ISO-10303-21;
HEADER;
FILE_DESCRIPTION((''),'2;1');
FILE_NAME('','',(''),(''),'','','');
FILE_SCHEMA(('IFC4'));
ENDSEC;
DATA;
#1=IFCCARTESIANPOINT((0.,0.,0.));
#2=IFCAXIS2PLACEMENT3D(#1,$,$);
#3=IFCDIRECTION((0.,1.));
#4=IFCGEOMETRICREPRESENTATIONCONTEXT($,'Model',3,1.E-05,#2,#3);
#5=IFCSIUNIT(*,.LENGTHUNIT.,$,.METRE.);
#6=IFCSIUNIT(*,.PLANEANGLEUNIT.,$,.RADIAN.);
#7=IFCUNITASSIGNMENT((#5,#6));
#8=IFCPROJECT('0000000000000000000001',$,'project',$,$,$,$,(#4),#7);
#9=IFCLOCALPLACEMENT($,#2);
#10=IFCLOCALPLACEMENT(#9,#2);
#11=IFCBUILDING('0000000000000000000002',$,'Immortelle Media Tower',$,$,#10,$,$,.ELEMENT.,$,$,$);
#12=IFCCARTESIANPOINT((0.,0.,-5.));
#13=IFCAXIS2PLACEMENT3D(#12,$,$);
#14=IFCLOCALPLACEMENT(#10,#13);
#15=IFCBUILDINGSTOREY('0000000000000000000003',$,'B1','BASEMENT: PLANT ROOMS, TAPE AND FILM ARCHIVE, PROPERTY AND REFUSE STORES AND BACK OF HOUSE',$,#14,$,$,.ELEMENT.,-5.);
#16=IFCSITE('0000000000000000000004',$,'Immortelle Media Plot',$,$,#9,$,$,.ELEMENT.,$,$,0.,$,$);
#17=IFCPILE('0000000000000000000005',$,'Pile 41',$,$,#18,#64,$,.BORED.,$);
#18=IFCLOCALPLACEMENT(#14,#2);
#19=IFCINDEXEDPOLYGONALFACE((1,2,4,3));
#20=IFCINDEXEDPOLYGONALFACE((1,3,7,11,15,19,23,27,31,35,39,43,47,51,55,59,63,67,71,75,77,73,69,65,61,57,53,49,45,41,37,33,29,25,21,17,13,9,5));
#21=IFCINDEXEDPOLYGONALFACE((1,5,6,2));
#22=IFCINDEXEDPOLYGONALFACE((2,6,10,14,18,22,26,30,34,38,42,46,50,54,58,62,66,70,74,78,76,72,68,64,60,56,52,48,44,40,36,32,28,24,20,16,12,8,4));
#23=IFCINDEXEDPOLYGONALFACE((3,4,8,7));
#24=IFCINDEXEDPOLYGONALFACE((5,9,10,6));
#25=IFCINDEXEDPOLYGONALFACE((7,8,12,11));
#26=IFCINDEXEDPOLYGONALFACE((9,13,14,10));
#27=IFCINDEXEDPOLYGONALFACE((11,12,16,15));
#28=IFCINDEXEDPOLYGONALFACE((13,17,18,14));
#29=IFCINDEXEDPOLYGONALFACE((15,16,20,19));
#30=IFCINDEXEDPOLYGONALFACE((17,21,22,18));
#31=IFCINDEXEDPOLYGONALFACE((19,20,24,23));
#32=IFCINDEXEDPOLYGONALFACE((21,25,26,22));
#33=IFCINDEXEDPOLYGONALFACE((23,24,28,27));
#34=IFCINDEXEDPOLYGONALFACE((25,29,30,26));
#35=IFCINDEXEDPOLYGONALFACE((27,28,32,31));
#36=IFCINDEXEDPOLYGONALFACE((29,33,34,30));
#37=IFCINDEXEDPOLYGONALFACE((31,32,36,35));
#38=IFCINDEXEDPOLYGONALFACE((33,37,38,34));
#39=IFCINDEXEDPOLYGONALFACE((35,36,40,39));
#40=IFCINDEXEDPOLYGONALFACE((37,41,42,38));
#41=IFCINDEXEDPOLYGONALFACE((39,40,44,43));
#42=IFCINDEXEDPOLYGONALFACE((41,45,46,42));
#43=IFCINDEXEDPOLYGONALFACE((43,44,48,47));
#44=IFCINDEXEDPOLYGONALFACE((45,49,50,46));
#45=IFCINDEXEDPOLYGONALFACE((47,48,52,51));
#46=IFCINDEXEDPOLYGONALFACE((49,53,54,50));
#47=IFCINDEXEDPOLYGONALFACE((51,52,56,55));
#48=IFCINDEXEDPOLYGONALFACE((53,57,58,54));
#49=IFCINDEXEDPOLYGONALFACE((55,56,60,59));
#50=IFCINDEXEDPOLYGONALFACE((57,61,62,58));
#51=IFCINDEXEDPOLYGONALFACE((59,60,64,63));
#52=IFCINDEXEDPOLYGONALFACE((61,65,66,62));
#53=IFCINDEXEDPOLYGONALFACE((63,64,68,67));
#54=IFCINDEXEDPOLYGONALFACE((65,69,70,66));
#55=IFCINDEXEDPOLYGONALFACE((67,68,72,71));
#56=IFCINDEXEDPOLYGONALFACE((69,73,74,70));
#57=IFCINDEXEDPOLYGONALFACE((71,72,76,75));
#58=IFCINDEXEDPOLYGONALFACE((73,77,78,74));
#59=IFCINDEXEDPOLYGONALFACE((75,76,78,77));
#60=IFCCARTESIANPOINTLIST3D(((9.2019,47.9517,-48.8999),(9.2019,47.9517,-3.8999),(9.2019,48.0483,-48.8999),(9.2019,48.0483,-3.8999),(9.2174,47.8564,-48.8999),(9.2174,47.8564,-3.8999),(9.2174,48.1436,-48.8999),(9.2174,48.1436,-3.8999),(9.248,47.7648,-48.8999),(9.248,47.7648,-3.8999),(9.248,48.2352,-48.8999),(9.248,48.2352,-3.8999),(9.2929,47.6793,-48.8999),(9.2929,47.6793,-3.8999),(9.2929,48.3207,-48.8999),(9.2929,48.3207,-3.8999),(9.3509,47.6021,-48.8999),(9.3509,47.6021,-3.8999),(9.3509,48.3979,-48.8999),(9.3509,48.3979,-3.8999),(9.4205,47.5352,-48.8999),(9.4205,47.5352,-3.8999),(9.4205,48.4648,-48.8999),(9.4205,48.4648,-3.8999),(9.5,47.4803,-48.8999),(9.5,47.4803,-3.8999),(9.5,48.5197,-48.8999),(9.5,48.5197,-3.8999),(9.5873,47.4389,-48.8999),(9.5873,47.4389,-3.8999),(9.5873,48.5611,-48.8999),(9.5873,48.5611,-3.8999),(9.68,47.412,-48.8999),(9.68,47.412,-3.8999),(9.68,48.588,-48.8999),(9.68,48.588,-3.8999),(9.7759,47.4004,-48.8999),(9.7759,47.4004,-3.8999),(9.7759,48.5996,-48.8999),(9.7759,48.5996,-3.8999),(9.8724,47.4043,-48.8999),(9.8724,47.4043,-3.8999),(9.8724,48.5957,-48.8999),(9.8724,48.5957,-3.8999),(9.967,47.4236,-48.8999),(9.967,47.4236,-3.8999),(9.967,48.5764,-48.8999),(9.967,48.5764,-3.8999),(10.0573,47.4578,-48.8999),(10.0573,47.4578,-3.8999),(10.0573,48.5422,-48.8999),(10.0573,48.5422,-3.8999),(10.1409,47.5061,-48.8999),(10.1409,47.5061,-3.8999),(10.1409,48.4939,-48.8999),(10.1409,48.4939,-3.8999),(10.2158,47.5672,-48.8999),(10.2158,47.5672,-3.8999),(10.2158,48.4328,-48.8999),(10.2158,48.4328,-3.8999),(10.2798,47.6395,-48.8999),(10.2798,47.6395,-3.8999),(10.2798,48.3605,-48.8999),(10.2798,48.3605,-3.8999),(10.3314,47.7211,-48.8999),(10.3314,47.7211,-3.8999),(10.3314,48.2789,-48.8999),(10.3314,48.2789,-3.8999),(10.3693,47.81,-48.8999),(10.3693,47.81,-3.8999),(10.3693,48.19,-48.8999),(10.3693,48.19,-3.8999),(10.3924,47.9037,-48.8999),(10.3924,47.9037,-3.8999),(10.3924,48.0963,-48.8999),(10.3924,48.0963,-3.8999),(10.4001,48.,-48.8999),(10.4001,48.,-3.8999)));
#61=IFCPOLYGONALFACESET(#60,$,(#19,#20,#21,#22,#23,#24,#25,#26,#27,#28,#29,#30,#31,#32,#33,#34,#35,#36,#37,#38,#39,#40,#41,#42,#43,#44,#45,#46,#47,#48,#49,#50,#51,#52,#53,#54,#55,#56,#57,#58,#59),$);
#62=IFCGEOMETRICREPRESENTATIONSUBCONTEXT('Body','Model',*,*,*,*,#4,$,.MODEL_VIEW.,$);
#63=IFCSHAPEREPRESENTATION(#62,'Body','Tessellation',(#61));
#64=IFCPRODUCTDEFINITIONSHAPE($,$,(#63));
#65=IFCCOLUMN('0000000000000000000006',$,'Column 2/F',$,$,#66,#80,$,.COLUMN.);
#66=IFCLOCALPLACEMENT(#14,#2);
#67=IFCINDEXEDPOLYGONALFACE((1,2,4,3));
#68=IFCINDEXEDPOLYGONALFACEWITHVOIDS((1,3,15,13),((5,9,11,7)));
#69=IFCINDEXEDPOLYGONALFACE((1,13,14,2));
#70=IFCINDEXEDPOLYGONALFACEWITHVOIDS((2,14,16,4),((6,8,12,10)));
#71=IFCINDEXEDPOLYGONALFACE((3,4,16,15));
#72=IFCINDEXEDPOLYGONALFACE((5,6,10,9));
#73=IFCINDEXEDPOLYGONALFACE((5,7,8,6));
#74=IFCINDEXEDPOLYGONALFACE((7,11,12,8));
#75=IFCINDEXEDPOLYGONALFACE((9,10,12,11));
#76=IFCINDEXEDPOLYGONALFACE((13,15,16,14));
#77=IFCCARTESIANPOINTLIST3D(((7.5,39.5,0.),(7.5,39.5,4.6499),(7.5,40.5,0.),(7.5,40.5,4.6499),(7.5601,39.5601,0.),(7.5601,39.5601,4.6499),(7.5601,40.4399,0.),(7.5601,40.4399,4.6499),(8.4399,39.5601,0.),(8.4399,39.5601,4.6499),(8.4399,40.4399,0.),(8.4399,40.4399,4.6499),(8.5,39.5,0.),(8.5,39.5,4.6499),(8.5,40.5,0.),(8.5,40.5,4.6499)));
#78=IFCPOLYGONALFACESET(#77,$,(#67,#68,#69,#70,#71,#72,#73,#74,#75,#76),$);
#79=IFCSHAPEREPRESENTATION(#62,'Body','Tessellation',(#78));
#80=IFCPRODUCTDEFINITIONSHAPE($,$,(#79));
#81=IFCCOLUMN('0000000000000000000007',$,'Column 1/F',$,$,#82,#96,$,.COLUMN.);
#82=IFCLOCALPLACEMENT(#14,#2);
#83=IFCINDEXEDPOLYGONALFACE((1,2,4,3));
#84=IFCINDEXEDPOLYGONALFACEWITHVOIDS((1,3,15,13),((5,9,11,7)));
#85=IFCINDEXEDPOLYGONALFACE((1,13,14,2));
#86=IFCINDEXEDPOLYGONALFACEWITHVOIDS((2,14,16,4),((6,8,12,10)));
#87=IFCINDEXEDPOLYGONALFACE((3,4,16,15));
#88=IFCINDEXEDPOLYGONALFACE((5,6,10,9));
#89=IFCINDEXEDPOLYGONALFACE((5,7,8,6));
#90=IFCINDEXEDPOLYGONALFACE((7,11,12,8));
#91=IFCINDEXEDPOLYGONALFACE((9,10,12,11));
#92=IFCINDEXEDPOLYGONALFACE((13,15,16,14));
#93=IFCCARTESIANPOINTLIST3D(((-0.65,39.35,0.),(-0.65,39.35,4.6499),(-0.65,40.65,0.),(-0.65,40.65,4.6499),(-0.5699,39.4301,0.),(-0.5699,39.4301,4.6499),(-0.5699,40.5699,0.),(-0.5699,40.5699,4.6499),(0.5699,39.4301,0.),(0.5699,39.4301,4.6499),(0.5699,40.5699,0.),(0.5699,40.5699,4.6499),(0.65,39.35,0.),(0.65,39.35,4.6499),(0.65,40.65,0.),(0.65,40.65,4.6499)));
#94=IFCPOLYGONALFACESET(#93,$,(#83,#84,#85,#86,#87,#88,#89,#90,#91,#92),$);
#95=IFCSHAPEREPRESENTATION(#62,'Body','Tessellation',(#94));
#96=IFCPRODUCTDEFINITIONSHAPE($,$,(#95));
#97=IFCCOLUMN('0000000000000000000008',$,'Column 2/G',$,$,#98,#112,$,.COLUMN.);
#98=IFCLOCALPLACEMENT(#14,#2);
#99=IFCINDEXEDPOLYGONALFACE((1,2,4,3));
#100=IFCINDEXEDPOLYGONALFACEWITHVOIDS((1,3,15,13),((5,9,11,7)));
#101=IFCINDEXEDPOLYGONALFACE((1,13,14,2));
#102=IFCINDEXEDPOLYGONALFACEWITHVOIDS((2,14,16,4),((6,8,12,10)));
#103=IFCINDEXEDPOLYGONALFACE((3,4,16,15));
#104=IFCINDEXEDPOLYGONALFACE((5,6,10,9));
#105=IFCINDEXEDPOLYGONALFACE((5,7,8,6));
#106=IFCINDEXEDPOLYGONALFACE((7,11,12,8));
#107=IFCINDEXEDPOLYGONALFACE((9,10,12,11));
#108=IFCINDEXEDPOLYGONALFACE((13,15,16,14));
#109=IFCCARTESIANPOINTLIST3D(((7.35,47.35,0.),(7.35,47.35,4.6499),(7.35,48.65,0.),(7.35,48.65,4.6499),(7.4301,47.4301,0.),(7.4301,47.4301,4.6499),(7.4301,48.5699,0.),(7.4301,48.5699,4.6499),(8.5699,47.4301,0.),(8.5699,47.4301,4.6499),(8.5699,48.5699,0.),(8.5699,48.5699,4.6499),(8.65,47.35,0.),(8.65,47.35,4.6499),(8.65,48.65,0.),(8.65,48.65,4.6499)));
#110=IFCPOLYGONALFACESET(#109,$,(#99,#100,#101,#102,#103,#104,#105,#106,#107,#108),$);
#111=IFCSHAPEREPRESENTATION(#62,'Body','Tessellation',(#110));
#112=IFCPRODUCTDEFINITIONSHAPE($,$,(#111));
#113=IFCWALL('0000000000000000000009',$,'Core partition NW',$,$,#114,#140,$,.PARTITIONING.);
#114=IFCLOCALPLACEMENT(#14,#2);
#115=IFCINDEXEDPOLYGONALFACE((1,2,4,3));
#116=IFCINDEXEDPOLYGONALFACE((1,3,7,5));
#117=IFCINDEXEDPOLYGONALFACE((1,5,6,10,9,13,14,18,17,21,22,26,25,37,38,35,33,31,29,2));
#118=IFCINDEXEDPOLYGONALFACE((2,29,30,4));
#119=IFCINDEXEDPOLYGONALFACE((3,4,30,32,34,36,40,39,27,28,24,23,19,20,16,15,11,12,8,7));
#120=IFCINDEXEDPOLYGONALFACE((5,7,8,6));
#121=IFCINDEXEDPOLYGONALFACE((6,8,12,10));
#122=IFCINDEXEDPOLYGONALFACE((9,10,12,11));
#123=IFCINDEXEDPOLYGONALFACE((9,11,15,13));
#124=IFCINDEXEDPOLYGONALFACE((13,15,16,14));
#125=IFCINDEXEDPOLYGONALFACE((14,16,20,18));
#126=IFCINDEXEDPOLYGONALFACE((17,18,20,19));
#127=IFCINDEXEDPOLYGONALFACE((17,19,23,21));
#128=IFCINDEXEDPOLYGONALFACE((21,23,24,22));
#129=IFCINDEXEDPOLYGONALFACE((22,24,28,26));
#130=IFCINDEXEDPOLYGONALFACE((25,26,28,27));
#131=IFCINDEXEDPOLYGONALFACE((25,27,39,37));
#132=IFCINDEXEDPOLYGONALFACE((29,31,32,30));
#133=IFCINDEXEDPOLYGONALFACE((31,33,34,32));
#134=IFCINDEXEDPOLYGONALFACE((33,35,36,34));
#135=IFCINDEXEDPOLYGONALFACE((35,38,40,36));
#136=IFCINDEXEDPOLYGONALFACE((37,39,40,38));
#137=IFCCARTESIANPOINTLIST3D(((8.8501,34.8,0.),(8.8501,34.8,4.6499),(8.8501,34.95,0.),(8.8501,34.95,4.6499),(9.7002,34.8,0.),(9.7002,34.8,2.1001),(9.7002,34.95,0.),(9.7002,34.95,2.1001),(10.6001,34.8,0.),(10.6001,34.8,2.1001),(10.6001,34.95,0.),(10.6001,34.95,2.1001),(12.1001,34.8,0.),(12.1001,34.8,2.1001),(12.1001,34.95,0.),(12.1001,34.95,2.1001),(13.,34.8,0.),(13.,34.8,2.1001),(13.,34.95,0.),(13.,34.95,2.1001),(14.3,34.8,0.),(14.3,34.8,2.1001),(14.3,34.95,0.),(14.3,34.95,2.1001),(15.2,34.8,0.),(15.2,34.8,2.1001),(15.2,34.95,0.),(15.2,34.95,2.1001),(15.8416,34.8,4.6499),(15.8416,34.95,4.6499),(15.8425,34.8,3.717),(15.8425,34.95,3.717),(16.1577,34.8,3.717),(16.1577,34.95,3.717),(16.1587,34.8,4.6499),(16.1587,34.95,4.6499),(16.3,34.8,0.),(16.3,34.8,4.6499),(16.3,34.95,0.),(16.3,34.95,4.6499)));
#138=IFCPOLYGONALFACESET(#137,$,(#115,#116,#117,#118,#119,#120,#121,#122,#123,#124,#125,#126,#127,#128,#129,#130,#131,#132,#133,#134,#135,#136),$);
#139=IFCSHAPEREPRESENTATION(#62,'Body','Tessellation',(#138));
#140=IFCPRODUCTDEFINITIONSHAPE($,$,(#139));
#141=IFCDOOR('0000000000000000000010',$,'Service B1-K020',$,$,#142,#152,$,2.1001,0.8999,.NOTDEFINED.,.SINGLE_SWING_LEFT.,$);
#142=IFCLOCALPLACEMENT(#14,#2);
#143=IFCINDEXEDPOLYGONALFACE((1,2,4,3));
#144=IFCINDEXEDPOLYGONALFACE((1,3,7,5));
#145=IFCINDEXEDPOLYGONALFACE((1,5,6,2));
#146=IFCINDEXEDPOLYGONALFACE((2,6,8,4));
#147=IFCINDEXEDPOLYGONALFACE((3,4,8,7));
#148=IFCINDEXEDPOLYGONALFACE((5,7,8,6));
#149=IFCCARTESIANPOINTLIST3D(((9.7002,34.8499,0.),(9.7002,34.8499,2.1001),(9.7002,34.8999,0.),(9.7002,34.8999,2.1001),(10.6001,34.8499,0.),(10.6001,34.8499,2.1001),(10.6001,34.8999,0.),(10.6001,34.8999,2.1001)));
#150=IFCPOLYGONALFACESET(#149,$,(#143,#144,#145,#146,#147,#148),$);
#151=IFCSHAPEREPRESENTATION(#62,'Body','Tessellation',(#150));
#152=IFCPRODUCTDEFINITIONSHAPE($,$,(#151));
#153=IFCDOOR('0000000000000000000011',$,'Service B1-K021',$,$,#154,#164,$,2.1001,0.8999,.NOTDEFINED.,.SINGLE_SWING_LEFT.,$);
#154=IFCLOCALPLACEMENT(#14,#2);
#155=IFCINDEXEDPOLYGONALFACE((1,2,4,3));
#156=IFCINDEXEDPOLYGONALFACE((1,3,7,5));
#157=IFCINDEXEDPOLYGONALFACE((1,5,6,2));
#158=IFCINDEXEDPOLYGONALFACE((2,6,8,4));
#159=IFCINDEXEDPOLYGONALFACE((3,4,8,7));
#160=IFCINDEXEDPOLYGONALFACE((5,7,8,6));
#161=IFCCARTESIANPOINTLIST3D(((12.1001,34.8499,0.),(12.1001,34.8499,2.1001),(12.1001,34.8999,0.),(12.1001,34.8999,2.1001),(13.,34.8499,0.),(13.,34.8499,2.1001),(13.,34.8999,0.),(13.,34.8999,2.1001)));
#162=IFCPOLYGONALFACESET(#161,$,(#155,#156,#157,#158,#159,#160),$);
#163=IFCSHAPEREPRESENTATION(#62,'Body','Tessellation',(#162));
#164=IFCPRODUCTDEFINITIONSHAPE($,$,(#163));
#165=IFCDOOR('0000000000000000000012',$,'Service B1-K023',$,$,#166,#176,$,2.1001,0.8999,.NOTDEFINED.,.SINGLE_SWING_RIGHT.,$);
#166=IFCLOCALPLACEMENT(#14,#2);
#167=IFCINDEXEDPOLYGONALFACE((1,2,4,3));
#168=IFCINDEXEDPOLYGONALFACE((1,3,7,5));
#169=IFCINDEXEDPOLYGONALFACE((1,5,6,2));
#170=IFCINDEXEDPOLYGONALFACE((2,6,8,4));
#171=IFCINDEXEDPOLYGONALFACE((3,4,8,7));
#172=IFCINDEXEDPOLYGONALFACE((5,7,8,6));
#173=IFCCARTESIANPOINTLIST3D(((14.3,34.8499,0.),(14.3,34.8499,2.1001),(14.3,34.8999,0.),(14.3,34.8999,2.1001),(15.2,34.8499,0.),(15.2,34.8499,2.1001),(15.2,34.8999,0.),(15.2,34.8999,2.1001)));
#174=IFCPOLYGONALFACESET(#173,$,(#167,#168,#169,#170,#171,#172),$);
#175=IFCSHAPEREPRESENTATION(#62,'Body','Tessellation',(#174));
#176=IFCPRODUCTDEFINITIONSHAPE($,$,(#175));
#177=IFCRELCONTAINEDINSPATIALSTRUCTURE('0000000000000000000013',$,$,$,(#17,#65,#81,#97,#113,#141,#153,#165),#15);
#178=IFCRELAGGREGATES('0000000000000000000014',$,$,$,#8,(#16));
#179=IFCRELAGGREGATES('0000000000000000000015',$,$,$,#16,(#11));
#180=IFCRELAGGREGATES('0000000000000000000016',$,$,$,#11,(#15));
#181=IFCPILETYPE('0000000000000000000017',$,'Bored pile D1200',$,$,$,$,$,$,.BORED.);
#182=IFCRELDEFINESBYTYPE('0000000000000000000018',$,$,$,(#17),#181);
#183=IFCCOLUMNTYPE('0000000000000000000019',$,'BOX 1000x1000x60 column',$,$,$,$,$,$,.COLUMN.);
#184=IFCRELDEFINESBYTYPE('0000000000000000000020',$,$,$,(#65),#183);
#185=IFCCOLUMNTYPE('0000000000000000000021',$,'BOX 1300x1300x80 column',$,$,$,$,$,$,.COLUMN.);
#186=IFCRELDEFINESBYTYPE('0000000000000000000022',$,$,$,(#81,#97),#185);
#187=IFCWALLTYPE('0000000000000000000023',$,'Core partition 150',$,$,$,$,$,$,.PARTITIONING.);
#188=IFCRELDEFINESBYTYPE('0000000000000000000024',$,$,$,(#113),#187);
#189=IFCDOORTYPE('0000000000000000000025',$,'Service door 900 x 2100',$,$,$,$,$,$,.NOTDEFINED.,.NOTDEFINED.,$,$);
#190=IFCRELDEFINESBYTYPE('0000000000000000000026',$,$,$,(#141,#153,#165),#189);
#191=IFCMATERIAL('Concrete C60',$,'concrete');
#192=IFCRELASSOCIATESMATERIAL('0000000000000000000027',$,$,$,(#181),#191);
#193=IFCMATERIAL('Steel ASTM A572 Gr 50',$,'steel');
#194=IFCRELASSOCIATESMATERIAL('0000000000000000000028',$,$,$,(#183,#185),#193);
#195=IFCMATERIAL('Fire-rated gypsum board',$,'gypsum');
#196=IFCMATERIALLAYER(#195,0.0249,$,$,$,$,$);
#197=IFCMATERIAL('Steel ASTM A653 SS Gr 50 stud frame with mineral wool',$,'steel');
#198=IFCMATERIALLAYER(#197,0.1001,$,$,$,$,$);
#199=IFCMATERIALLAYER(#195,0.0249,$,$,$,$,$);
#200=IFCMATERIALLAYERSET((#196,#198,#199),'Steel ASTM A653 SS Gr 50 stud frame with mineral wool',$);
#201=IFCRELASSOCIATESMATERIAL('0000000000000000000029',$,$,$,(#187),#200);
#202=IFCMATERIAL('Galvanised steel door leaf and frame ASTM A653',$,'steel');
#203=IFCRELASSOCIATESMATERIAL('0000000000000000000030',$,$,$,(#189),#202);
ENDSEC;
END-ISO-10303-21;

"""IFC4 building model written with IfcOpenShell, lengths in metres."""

from ifc_helpers import new_model, si_unit, direction, frame, frame_2d, origin, origin_2d, place, context, subcontext, project, spatial, polyline, rectangle, hollow_rectangle, circle, outline, extrude, material, layer, layer_set, material_profile, profile_set, type_object, element, fill, save


model = new_model("IFC4")

# Units and contexts
model_context = context("Model", 3, precision=1e-05, world=origin(), true_north=direction((0.0, 1.0)))
body_context = subcontext(model_context, "Body", "Model", "MODEL_VIEW")
ifc_project = project(units=[si_unit("LENGTHUNIT", "METRE"), si_unit("PLANEANGLEUNIT", "RADIAN")], contexts=[model_context])

# Site, building, storey
site_placement = place(None, origin())
site = spatial("IfcSite", under=ifc_project, at=site_placement, Name="Immortelle Media Plot", CompositionType="ELEMENT", RefElevation=0.0)
building_placement = place(site_placement, origin())
building = spatial("IfcBuilding", under=site, at=building_placement, Name="Immortelle Media Tower", CompositionType="ELEMENT")
storey_placement = place(building_placement, frame((0.0, 0.0, -5.0)))
storey = spatial("IfcBuildingStorey", under=building, at=storey_placement, Name="B1", Description="BASEMENT: PLANT ROOMS, TAPE AND FILM ARCHIVE, PROPERTY AND REFUSE STORES AND BACK OF HOUSE", CompositionType="ELEMENT", Elevation=-5.0)

# Pile
ifc_material_1 = material(Name="Concrete C60", Category="concrete")
ifc_material_profile_1 = material_profile(ifc_material_1, circle(Radius=0.6001, at=origin_2d()), Name="Bored pile D1200")
ifc_profile_set_1 = profile_set([ifc_material_profile_1], Name="Concrete C60")
pile_type = type_object("IfcPileType", Name="Bored pile D1200", PredefinedType="BORED", material=ifc_profile_set_1)
for number, where, z_axis, x_axis, name in (
    (1, (9.8, 48.0, -3.8999), (0.0, 0.0, -1.0), (1.0, 0.0, 0.0), "Pile 41"),
):
    element("IfcPile", number, at=place(storey_placement, frame(where, z_axis=z_axis, x_axis=x_axis)), inside=storey, type_object=pile_type, Name=name, PredefinedType="BORED", context=body_context, shape_type="SweptSolid", body=[
        extrude(circle(Radius=0.6001, at=origin_2d()), origin(), (0.0, 0.0, 1.0), 45.0),
    ])

# Columns
ifc_material_2 = material(Name="Steel ASTM A572 Gr 50", Category="steel")
ifc_material_profile_2 = material_profile(ifc_material_2, hollow_rectangle(XDim=1.0, YDim=1.0, WallThickness=0.0601, at=origin_2d()), Name="BOX 1000x1000x60 column")
ifc_profile_set_2 = profile_set([ifc_material_profile_2], Name="Steel ASTM A572 Gr 50")
column_type_1 = type_object("IfcColumnType", Name="BOX 1000x1000x60 column", PredefinedType="COLUMN", material=ifc_profile_set_2)
column_placement = place(storey_placement, frame((8.0, 40.0, 0.0), z_axis=(0.0, 0.0, 1.0), x_axis=(1.0, 0.0, 0.0)))
element("IfcColumn", 2, at=column_placement, inside=storey, type_object=column_type_1, Name="Column 2/F", PredefinedType="COLUMN", context=body_context, shape_type="SweptSolid", body=[
    extrude(hollow_rectangle(XDim=1.0, YDim=1.0, WallThickness=0.0601, at=origin_2d()), origin(), (0.0, 0.0, 1.0), 4.6499),
])
ifc_material_profile_3 = material_profile(ifc_material_2, hollow_rectangle(XDim=1.3, YDim=1.3, WallThickness=0.0801, at=origin_2d()), Name="BOX 1300x1300x80 column")
ifc_profile_set_3 = profile_set([ifc_material_profile_3], Name="Steel ASTM A572 Gr 50")
column_type_2 = type_object("IfcColumnType", Name="BOX 1300x1300x80 column", PredefinedType="COLUMN", material=ifc_profile_set_3)
for number, where, z_axis, x_axis, name in (
    (3, (0.0, 40.0, 0.0), (0.0, 0.0, 1.0), (1.0, 0.0, 0.0), "Column 1/F"),
    (4, (8.0, 48.0, 0.0), (0.0, 0.0, 1.0), (1.0, 0.0, 0.0), "Column 2/G"),
):
    element("IfcColumn", number, at=place(storey_placement, frame(where, z_axis=z_axis, x_axis=x_axis)), inside=storey, type_object=column_type_2, Name=name, PredefinedType="COLUMN", context=body_context, shape_type="SweptSolid", body=[
        extrude(hollow_rectangle(XDim=1.3, YDim=1.3, WallThickness=0.0801, at=origin_2d()), origin(), (0.0, 0.0, 1.0), 4.6499),
    ])

# Wall, openings, doors
ifc_material_3 = material(Name="Fire-rated gypsum board", Category="gypsum")
ifc_layer_1 = layer(ifc_material_3, 0.0249)
ifc_material_4 = material(Name="Steel ASTM A653 SS Gr 50 stud frame with mineral wool", Category="steel")
ifc_layer_2 = layer(ifc_material_4, 0.1001)
ifc_layer_3 = layer(ifc_material_3, 0.0249)
ifc_layer_set_1 = layer_set([ifc_layer_1, ifc_layer_2, ifc_layer_3], Name="Steel ASTM A653 SS Gr 50 stud frame with mineral wool")
wall_type_1 = type_object("IfcWallType", Name="Core partition 150", PredefinedType="PARTITIONING", material=ifc_layer_set_1)
wall_1_placement = place(storey_placement, frame((8.8501, 34.875, 0.0), z_axis=(0.0, 0.0, 1.0), x_axis=(1.0, 0.0, 0.0)))
wall_1 = element("IfcWall", 5, at=wall_1_placement, inside=storey, type_object=wall_type_1, Name="Core partition NW", PredefinedType="PARTITIONING", context=body_context, shape_type="SweptSolid", body=[
    extrude(outline(polyline([(0.0, 0.0), (7.45, 0.0), (7.45, 4.6499), (7.3086, 4.6499), (7.3076, 3.717), (6.9924, 3.717), (6.9915, 4.6499), (0.0, 4.6499), (0.0, 0.0)])), frame((0.0, 0.075, 0.0), z_axis=(0.0, -1.0, 0.0), x_axis=(1.0, 0.0, 0.0)), (0.0, 0.0, 1.0), 0.1499),
])
opening_1_placement = place(wall_1_placement, frame((0.8501, 0.0, 0.0)))
opening_1 = element("IfcOpeningElement", 6, at=opening_1_placement, cuts=wall_1, PredefinedType="OPENING", context=body_context, shape_type="SweptSolid", body=[
    extrude(rectangle(XDim=0.8999, YDim=2.1001, at=frame_2d((0.45, 1.05))), frame((0.0, 0.085, 0.0), z_axis=(0.0, -1.0, 0.0), x_axis=(1.0, 0.0, 0.0)), (0.0, 0.0, 1.0), 0.1699),
])
opening_2_placement = place(wall_1_placement, frame((3.25, 0.0, 0.0)))
opening_2 = element("IfcOpeningElement", 7, at=opening_2_placement, cuts=wall_1, PredefinedType="OPENING", context=body_context, shape_type="SweptSolid", body=[
    extrude(rectangle(XDim=0.8999, YDim=2.1001, at=frame_2d((0.45, 1.05))), frame((0.0, 0.085, 0.0), z_axis=(0.0, -1.0, 0.0), x_axis=(1.0, 0.0, 0.0)), (0.0, 0.0, 1.0), 0.1699),
])
opening_3_placement = place(wall_1_placement, frame((5.45, 0.0, 0.0)))
opening_3 = element("IfcOpeningElement", 8, at=opening_3_placement, cuts=wall_1, PredefinedType="OPENING", context=body_context, shape_type="SweptSolid", body=[
    extrude(rectangle(XDim=0.8999, YDim=2.1001, at=frame_2d((0.45, 1.05))), frame((0.0, 0.085, 0.0), z_axis=(0.0, -1.0, 0.0), x_axis=(1.0, 0.0, 0.0)), (0.0, 0.0, 1.0), 0.1699),
])
ifc_material_5 = material(Name="Galvanised steel door leaf and frame ASTM A653", Category="steel")
door_type_1 = type_object("IfcDoorType", Name="Service door 900 x 2100", OperationType="NOTDEFINED", PredefinedType="NOTDEFINED", material=ifc_material_5)
door_1_placement = place(opening_1_placement, origin())
door_1 = element("IfcDoor", 9, at=door_1_placement, inside=storey, type_object=door_type_1, Name="Service B1-K020", OperationType="SINGLE_SWING_LEFT", OverallHeight=2.1001, OverallWidth=0.8999, PredefinedType="NOTDEFINED", context=body_context, shape_type="SweptSolid", body=[
    extrude(rectangle(XDim=0.8999, YDim=2.1001, at=frame_2d((0.45, 1.05))), frame((0.0, 0.0249, 0.0), z_axis=(0.0, -1.0, 0.0), x_axis=(1.0, 0.0, 0.0)), (0.0, 0.0, 1.0), 0.05),
])
fill(opening_1, door_1)
door_2_placement = place(opening_2_placement, origin())
door_2 = element("IfcDoor", 10, at=door_2_placement, inside=storey, type_object=door_type_1, Name="Service B1-K021", OperationType="SINGLE_SWING_LEFT", OverallHeight=2.1001, OverallWidth=0.8999, PredefinedType="NOTDEFINED", context=body_context, shape_type="SweptSolid", body=[
    extrude(rectangle(XDim=0.8999, YDim=2.1001, at=frame_2d((0.45, 1.05))), frame((0.0, 0.0249, 0.0), z_axis=(0.0, -1.0, 0.0), x_axis=(1.0, 0.0, 0.0)), (0.0, 0.0, 1.0), 0.05),
])
fill(opening_2, door_2)
door_3_placement = place(opening_3_placement, origin())
door_3 = element("IfcDoor", 11, at=door_3_placement, inside=storey, type_object=door_type_1, Name="Service B1-K023", OperationType="SINGLE_SWING_RIGHT", OverallHeight=2.1001, OverallWidth=0.8999, PredefinedType="NOTDEFINED", context=body_context, shape_type="SweptSolid", body=[
    extrude(rectangle(XDim=0.8999, YDim=2.1001, at=frame_2d((0.45, 1.05))), frame((0.0, 0.0249, 0.0), z_axis=(0.0, -1.0, 0.0), x_axis=(1.0, 0.0, 0.0)), (0.0, 0.0, 1.0), 0.05),
])
fill(opening_3, door_3)

save(model, "model.ifc")
